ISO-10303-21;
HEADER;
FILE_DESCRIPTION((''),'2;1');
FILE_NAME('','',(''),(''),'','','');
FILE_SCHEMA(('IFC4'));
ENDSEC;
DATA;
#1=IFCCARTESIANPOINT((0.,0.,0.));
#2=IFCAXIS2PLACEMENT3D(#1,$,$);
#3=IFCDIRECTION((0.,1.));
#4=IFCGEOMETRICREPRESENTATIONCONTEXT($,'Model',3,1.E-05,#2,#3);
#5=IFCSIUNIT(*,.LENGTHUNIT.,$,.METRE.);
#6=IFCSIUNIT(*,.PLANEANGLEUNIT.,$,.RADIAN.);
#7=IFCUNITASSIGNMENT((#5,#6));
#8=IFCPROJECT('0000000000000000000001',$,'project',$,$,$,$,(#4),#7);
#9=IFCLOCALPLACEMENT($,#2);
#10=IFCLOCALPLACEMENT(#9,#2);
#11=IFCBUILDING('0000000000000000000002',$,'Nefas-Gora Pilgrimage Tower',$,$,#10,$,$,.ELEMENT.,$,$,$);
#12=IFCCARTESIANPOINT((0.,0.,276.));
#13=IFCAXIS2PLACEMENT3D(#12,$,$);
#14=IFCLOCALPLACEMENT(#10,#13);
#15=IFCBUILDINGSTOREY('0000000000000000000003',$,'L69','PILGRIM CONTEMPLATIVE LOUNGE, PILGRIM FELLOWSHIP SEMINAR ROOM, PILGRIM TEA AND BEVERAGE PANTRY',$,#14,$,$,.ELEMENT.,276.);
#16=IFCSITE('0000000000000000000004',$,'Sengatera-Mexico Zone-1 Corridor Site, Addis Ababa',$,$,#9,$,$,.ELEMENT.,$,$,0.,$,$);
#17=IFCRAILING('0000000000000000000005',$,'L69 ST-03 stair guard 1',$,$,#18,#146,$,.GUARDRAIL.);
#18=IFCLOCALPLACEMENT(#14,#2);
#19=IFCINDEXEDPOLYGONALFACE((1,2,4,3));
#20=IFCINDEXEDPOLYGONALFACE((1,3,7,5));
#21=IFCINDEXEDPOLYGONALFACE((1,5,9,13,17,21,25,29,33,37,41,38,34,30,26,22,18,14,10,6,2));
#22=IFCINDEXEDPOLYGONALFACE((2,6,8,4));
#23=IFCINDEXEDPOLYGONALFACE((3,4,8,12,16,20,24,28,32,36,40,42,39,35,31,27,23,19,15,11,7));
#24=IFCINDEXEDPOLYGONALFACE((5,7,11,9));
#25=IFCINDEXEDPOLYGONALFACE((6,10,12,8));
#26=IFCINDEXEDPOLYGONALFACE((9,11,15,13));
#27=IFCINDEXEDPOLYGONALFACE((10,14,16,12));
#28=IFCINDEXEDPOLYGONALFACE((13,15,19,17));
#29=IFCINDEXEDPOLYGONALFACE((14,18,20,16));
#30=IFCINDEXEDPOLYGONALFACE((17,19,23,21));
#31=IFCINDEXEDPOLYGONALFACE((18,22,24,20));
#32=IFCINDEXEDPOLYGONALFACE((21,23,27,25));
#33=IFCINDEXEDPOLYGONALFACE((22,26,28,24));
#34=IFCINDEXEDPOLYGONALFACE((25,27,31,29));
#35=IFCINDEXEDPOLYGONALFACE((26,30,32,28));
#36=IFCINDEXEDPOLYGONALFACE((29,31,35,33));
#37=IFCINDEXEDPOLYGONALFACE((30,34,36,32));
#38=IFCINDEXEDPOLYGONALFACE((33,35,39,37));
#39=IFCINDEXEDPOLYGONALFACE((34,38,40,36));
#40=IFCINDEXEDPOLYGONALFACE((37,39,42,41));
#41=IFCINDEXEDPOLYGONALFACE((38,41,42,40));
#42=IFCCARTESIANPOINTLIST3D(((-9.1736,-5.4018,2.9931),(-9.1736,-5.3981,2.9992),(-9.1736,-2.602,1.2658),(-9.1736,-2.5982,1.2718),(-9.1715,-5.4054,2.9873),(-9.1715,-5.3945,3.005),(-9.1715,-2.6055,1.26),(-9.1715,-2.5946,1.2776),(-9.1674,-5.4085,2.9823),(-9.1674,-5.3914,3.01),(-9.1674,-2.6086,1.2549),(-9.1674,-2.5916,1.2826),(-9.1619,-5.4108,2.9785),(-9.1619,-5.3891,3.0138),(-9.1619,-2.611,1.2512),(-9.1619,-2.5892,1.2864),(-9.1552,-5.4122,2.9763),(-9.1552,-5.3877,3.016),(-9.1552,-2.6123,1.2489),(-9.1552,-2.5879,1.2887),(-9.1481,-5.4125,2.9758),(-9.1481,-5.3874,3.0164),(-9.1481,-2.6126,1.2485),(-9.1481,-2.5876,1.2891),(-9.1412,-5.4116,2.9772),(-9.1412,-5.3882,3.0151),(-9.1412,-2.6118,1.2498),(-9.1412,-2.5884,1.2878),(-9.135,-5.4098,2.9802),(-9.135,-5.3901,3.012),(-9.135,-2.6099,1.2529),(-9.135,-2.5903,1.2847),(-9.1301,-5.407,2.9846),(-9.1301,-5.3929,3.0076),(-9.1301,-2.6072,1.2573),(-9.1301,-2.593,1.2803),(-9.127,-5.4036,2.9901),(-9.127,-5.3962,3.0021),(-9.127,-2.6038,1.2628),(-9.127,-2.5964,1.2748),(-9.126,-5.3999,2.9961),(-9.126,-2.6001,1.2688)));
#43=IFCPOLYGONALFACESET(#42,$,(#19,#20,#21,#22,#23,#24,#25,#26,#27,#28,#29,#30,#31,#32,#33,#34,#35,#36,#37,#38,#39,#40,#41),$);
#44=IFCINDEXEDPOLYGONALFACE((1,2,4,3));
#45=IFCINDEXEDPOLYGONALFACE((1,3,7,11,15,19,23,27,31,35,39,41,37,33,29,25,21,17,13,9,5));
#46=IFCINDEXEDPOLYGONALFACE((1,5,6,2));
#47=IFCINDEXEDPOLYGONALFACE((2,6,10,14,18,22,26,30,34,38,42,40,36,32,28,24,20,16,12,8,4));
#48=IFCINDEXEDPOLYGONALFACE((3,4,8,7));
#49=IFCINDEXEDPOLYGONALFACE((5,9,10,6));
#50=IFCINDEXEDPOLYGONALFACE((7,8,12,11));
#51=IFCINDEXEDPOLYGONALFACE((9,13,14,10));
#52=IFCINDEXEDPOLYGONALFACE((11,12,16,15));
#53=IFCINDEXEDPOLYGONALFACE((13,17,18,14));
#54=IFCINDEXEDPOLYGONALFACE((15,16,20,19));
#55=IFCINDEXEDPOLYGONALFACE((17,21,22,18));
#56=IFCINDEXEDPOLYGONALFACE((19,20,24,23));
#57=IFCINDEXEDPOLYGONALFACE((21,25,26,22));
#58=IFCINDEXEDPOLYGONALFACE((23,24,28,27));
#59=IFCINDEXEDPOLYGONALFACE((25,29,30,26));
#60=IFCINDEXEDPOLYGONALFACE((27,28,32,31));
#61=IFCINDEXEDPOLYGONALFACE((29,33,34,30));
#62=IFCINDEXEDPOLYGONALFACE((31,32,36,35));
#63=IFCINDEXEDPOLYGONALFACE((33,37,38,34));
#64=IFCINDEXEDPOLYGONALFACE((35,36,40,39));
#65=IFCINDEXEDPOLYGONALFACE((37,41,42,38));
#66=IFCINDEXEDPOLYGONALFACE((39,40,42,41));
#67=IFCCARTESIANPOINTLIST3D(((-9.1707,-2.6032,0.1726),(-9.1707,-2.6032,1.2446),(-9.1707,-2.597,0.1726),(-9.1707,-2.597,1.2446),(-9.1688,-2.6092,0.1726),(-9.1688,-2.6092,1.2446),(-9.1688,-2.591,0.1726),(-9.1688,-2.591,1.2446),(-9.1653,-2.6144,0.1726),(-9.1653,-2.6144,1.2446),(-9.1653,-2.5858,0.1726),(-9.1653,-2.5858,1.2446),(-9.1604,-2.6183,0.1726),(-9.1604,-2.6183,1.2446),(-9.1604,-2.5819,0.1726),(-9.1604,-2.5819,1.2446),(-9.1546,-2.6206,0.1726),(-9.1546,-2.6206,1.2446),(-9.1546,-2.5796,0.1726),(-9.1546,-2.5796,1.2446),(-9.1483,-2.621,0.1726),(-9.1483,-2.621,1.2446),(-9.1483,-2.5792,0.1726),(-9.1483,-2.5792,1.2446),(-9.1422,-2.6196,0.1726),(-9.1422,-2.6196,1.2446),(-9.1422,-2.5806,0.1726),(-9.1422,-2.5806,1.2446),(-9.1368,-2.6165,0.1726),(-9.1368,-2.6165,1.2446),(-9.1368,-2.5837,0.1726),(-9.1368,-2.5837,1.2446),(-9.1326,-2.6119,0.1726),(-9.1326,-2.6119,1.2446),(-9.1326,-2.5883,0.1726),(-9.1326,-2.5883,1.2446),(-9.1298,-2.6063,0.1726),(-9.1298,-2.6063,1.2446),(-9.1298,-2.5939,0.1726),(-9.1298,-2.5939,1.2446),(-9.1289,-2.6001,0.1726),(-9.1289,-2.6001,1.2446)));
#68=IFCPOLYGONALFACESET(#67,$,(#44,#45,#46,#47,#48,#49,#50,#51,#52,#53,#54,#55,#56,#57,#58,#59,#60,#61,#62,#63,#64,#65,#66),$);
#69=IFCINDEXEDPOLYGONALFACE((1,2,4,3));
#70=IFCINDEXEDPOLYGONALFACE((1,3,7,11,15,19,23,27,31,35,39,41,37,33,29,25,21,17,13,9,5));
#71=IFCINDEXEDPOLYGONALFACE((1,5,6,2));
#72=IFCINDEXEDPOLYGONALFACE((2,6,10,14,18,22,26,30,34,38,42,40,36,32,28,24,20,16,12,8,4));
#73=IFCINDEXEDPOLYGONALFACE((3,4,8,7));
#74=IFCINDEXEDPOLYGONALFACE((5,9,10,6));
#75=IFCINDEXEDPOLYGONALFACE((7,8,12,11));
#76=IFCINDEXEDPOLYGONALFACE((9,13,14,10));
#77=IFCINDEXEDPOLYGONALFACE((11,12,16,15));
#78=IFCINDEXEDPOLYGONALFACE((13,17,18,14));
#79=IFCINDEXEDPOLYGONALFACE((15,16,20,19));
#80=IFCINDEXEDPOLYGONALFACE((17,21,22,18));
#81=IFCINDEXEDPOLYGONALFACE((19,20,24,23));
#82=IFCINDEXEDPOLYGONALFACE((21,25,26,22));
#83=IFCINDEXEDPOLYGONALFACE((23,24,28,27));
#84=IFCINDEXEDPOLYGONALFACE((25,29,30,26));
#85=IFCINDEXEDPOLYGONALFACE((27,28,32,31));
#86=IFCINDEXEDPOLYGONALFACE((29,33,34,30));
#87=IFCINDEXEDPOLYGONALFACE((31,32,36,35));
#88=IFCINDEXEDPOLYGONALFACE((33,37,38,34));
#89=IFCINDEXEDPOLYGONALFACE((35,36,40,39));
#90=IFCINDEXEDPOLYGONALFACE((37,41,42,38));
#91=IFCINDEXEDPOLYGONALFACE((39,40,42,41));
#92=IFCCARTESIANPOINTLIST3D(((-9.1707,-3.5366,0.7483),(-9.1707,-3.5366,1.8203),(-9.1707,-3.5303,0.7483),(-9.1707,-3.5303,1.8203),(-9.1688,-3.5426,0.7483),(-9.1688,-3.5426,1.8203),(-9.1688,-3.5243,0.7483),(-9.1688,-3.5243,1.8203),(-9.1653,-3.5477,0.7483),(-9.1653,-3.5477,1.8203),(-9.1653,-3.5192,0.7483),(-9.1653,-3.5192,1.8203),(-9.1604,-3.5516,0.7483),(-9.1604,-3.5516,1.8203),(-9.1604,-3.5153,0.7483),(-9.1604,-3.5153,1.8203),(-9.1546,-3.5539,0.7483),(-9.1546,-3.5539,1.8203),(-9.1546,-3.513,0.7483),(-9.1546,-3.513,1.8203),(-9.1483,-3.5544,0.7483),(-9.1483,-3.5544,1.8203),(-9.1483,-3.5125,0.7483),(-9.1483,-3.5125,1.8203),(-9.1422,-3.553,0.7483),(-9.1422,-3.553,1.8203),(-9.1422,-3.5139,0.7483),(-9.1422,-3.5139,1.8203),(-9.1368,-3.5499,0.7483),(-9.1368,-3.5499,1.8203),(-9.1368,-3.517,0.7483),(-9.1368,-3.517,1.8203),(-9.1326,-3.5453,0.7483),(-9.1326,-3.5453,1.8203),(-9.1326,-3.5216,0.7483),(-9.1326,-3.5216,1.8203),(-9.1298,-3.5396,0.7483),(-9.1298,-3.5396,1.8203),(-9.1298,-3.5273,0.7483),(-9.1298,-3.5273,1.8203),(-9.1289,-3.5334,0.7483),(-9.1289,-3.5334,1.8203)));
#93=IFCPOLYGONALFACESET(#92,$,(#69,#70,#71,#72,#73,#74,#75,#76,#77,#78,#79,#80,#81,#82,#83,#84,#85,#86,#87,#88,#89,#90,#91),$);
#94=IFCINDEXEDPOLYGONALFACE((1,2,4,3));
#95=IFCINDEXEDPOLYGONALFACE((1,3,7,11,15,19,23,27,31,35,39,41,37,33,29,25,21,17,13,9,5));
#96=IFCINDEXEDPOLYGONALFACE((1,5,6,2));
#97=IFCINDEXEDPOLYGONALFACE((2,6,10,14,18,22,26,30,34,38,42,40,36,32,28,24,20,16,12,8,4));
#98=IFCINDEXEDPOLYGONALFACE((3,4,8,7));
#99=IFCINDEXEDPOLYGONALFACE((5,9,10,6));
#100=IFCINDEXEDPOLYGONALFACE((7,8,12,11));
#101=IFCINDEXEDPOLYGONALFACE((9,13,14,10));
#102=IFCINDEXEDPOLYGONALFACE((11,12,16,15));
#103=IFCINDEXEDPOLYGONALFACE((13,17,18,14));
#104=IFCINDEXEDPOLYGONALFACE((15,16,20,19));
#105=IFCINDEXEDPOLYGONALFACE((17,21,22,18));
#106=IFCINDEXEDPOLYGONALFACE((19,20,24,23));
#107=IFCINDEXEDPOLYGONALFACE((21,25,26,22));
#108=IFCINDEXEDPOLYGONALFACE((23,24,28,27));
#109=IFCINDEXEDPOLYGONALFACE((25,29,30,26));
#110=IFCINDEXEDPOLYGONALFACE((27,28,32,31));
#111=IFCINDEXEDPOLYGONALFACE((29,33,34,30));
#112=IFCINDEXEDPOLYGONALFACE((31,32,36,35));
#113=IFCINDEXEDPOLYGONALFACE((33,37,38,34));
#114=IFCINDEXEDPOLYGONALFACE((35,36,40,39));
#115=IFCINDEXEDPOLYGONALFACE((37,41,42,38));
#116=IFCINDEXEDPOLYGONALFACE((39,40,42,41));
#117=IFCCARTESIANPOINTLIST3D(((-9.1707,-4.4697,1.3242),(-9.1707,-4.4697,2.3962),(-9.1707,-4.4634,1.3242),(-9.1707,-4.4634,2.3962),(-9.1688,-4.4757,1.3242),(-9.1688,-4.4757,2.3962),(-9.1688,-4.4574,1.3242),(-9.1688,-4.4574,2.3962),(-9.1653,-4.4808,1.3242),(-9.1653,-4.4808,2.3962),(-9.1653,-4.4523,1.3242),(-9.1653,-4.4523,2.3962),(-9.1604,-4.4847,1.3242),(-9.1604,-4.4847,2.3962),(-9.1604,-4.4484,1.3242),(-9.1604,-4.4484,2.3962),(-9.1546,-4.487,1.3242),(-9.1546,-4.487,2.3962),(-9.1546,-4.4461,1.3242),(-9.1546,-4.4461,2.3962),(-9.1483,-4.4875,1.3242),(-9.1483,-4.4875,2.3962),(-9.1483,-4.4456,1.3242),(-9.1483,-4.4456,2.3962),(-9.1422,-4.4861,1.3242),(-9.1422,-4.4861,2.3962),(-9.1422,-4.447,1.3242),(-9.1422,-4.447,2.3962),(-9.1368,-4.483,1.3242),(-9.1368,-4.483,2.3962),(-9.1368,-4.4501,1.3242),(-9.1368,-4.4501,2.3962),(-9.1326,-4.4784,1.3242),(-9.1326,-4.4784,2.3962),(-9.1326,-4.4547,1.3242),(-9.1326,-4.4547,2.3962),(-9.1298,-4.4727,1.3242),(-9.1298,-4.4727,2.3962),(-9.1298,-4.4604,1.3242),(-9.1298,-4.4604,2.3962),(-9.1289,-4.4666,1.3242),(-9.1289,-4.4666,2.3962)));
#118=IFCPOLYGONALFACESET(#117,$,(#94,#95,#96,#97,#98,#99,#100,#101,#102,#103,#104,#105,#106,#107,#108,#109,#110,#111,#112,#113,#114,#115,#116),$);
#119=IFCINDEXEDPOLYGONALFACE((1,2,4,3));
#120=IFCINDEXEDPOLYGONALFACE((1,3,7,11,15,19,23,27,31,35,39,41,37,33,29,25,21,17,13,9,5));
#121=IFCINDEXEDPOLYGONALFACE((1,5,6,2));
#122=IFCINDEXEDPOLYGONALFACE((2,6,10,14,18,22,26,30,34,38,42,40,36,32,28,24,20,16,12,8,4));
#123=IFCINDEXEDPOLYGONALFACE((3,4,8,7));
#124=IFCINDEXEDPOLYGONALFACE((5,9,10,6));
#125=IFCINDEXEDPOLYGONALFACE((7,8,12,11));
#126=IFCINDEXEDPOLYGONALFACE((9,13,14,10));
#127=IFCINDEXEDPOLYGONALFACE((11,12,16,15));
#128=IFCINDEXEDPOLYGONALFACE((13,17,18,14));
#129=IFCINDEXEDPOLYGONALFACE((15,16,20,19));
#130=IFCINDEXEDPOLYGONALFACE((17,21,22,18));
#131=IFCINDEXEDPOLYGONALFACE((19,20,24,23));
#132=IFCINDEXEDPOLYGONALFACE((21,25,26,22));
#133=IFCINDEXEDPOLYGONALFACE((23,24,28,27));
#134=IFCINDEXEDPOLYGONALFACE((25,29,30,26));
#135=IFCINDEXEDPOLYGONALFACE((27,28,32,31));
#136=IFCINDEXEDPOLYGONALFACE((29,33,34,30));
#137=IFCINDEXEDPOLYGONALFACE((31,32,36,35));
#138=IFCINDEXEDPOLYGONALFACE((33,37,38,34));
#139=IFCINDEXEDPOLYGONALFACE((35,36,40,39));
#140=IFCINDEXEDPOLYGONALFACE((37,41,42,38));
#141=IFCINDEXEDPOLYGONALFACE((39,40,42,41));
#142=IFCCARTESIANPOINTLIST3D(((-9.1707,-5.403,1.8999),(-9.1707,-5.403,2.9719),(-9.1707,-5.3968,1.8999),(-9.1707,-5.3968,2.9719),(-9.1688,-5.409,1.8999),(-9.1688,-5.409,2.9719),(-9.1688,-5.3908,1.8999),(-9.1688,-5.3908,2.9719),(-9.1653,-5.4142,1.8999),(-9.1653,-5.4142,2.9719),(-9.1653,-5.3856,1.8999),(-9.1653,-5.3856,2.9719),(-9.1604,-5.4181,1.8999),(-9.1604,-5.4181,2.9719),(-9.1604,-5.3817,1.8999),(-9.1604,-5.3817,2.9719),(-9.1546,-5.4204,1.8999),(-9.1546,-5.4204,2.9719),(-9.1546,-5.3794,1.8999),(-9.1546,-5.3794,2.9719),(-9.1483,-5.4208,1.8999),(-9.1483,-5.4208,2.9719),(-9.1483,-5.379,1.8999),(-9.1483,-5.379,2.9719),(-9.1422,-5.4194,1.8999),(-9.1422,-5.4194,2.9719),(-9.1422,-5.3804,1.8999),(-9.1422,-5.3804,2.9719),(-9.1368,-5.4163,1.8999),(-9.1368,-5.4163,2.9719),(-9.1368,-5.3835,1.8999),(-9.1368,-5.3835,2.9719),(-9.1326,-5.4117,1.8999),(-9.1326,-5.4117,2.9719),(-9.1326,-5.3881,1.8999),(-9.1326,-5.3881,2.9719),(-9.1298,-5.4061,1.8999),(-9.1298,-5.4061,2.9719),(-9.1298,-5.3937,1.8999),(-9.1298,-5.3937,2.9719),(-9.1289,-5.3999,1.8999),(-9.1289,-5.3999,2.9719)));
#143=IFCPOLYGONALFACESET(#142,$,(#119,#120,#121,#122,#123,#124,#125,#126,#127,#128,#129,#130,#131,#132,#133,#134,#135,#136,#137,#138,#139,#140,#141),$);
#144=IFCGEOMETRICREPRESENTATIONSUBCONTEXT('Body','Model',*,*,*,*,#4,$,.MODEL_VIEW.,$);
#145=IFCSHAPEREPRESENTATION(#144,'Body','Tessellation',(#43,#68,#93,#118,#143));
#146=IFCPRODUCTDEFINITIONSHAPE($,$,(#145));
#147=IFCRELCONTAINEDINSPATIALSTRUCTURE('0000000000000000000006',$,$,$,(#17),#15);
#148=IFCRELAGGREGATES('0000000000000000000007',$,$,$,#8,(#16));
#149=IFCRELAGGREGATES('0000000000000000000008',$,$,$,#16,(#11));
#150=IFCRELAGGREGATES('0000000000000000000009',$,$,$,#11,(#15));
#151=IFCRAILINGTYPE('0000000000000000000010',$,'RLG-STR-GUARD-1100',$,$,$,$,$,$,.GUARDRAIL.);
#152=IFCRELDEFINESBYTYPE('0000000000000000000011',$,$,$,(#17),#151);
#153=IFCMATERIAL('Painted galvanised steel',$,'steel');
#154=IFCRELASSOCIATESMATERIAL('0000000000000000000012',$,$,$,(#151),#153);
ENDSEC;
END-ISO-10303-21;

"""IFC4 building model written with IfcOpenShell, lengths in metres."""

from ifc_helpers import new_model, si_unit, direction, frame, origin, origin_2d, place, context, subcontext, project, spatial, circle, extrude, material, type_object, element, save


model = new_model("IFC4")

# Units and contexts
model_context = context("Model", 3, precision=1e-05, world=origin(), true_north=direction((0.0, 1.0)))
body_context = subcontext(model_context, "Body", "Model", "MODEL_VIEW")
ifc_project = project(units=[si_unit("LENGTHUNIT", "METRE"), si_unit("PLANEANGLEUNIT", "RADIAN")], contexts=[model_context])

# Site, building, storey
site_placement = place(None, origin())
site = spatial("IfcSite", under=ifc_project, at=site_placement, Name="Sengatera-Mexico Zone-1 Corridor Site, Addis Ababa", CompositionType="ELEMENT", RefElevation=0.0)
building_placement = place(site_placement, origin())
building = spatial("IfcBuilding", under=site, at=building_placement, Name="Nefas-Gora Pilgrimage Tower", CompositionType="ELEMENT")
storey_placement = place(building_placement, frame((0.0, 0.0, 276.0)))
storey = spatial("IfcBuildingStorey", under=building, at=storey_placement, Name="L69", Description="PILGRIM CONTEMPLATIVE LOUNGE, PILGRIM FELLOWSHIP SEMINAR ROOM, PILGRIM TEA AND BEVERAGE PANTRY", CompositionType="ELEMENT", Elevation=276.0)

# Railing
ifc_material_1 = material(Name="Painted galvanised steel", Category="steel")
railing_type_1 = type_object("IfcRailingType", Name="RLG-STR-GUARD-1100", PredefinedType="GUARDRAIL", material=ifc_material_1)
railing_1_placement = place(storey_placement, frame((-9.1499, -2.6001, 0.1726)))
element("IfcRailing", 1, at=railing_1_placement, inside=storey, type_object=railing_type_1, Name="L69 ST-03 stair guard 1", PredefinedType="GUARDRAIL", context=body_context, shape_type="SweptSolid", body=[
    extrude(circle(Radius=0.0239, at=origin_2d()), frame((0.0, 0.0, 1.0962), z_axis=(0.0, -0.851069, 0.525054), x_axis=(1.0, 0.0, 0.0)), (0.0, 0.0, 1.0), 3.2898),
    extrude(circle(Radius=0.021, at=origin_2d()), origin(), (0.0, 0.0, 1.0), 1.072),
    extrude(circle(Radius=0.021, at=origin_2d()), frame((0.0, -0.9333, 0.5757)), (0.0, 0.0, 1.0), 1.072),
    extrude(circle(Radius=0.021, at=origin_2d()), frame((0.0, -1.8665, 1.1516)), (0.0, 0.0, 1.0), 1.072),
    extrude(circle(Radius=0.021, at=origin_2d()), frame((0.0, -2.7998, 1.7273)), (0.0, 0.0, 1.0), 1.072),
])

save(model, "model.ifc")
